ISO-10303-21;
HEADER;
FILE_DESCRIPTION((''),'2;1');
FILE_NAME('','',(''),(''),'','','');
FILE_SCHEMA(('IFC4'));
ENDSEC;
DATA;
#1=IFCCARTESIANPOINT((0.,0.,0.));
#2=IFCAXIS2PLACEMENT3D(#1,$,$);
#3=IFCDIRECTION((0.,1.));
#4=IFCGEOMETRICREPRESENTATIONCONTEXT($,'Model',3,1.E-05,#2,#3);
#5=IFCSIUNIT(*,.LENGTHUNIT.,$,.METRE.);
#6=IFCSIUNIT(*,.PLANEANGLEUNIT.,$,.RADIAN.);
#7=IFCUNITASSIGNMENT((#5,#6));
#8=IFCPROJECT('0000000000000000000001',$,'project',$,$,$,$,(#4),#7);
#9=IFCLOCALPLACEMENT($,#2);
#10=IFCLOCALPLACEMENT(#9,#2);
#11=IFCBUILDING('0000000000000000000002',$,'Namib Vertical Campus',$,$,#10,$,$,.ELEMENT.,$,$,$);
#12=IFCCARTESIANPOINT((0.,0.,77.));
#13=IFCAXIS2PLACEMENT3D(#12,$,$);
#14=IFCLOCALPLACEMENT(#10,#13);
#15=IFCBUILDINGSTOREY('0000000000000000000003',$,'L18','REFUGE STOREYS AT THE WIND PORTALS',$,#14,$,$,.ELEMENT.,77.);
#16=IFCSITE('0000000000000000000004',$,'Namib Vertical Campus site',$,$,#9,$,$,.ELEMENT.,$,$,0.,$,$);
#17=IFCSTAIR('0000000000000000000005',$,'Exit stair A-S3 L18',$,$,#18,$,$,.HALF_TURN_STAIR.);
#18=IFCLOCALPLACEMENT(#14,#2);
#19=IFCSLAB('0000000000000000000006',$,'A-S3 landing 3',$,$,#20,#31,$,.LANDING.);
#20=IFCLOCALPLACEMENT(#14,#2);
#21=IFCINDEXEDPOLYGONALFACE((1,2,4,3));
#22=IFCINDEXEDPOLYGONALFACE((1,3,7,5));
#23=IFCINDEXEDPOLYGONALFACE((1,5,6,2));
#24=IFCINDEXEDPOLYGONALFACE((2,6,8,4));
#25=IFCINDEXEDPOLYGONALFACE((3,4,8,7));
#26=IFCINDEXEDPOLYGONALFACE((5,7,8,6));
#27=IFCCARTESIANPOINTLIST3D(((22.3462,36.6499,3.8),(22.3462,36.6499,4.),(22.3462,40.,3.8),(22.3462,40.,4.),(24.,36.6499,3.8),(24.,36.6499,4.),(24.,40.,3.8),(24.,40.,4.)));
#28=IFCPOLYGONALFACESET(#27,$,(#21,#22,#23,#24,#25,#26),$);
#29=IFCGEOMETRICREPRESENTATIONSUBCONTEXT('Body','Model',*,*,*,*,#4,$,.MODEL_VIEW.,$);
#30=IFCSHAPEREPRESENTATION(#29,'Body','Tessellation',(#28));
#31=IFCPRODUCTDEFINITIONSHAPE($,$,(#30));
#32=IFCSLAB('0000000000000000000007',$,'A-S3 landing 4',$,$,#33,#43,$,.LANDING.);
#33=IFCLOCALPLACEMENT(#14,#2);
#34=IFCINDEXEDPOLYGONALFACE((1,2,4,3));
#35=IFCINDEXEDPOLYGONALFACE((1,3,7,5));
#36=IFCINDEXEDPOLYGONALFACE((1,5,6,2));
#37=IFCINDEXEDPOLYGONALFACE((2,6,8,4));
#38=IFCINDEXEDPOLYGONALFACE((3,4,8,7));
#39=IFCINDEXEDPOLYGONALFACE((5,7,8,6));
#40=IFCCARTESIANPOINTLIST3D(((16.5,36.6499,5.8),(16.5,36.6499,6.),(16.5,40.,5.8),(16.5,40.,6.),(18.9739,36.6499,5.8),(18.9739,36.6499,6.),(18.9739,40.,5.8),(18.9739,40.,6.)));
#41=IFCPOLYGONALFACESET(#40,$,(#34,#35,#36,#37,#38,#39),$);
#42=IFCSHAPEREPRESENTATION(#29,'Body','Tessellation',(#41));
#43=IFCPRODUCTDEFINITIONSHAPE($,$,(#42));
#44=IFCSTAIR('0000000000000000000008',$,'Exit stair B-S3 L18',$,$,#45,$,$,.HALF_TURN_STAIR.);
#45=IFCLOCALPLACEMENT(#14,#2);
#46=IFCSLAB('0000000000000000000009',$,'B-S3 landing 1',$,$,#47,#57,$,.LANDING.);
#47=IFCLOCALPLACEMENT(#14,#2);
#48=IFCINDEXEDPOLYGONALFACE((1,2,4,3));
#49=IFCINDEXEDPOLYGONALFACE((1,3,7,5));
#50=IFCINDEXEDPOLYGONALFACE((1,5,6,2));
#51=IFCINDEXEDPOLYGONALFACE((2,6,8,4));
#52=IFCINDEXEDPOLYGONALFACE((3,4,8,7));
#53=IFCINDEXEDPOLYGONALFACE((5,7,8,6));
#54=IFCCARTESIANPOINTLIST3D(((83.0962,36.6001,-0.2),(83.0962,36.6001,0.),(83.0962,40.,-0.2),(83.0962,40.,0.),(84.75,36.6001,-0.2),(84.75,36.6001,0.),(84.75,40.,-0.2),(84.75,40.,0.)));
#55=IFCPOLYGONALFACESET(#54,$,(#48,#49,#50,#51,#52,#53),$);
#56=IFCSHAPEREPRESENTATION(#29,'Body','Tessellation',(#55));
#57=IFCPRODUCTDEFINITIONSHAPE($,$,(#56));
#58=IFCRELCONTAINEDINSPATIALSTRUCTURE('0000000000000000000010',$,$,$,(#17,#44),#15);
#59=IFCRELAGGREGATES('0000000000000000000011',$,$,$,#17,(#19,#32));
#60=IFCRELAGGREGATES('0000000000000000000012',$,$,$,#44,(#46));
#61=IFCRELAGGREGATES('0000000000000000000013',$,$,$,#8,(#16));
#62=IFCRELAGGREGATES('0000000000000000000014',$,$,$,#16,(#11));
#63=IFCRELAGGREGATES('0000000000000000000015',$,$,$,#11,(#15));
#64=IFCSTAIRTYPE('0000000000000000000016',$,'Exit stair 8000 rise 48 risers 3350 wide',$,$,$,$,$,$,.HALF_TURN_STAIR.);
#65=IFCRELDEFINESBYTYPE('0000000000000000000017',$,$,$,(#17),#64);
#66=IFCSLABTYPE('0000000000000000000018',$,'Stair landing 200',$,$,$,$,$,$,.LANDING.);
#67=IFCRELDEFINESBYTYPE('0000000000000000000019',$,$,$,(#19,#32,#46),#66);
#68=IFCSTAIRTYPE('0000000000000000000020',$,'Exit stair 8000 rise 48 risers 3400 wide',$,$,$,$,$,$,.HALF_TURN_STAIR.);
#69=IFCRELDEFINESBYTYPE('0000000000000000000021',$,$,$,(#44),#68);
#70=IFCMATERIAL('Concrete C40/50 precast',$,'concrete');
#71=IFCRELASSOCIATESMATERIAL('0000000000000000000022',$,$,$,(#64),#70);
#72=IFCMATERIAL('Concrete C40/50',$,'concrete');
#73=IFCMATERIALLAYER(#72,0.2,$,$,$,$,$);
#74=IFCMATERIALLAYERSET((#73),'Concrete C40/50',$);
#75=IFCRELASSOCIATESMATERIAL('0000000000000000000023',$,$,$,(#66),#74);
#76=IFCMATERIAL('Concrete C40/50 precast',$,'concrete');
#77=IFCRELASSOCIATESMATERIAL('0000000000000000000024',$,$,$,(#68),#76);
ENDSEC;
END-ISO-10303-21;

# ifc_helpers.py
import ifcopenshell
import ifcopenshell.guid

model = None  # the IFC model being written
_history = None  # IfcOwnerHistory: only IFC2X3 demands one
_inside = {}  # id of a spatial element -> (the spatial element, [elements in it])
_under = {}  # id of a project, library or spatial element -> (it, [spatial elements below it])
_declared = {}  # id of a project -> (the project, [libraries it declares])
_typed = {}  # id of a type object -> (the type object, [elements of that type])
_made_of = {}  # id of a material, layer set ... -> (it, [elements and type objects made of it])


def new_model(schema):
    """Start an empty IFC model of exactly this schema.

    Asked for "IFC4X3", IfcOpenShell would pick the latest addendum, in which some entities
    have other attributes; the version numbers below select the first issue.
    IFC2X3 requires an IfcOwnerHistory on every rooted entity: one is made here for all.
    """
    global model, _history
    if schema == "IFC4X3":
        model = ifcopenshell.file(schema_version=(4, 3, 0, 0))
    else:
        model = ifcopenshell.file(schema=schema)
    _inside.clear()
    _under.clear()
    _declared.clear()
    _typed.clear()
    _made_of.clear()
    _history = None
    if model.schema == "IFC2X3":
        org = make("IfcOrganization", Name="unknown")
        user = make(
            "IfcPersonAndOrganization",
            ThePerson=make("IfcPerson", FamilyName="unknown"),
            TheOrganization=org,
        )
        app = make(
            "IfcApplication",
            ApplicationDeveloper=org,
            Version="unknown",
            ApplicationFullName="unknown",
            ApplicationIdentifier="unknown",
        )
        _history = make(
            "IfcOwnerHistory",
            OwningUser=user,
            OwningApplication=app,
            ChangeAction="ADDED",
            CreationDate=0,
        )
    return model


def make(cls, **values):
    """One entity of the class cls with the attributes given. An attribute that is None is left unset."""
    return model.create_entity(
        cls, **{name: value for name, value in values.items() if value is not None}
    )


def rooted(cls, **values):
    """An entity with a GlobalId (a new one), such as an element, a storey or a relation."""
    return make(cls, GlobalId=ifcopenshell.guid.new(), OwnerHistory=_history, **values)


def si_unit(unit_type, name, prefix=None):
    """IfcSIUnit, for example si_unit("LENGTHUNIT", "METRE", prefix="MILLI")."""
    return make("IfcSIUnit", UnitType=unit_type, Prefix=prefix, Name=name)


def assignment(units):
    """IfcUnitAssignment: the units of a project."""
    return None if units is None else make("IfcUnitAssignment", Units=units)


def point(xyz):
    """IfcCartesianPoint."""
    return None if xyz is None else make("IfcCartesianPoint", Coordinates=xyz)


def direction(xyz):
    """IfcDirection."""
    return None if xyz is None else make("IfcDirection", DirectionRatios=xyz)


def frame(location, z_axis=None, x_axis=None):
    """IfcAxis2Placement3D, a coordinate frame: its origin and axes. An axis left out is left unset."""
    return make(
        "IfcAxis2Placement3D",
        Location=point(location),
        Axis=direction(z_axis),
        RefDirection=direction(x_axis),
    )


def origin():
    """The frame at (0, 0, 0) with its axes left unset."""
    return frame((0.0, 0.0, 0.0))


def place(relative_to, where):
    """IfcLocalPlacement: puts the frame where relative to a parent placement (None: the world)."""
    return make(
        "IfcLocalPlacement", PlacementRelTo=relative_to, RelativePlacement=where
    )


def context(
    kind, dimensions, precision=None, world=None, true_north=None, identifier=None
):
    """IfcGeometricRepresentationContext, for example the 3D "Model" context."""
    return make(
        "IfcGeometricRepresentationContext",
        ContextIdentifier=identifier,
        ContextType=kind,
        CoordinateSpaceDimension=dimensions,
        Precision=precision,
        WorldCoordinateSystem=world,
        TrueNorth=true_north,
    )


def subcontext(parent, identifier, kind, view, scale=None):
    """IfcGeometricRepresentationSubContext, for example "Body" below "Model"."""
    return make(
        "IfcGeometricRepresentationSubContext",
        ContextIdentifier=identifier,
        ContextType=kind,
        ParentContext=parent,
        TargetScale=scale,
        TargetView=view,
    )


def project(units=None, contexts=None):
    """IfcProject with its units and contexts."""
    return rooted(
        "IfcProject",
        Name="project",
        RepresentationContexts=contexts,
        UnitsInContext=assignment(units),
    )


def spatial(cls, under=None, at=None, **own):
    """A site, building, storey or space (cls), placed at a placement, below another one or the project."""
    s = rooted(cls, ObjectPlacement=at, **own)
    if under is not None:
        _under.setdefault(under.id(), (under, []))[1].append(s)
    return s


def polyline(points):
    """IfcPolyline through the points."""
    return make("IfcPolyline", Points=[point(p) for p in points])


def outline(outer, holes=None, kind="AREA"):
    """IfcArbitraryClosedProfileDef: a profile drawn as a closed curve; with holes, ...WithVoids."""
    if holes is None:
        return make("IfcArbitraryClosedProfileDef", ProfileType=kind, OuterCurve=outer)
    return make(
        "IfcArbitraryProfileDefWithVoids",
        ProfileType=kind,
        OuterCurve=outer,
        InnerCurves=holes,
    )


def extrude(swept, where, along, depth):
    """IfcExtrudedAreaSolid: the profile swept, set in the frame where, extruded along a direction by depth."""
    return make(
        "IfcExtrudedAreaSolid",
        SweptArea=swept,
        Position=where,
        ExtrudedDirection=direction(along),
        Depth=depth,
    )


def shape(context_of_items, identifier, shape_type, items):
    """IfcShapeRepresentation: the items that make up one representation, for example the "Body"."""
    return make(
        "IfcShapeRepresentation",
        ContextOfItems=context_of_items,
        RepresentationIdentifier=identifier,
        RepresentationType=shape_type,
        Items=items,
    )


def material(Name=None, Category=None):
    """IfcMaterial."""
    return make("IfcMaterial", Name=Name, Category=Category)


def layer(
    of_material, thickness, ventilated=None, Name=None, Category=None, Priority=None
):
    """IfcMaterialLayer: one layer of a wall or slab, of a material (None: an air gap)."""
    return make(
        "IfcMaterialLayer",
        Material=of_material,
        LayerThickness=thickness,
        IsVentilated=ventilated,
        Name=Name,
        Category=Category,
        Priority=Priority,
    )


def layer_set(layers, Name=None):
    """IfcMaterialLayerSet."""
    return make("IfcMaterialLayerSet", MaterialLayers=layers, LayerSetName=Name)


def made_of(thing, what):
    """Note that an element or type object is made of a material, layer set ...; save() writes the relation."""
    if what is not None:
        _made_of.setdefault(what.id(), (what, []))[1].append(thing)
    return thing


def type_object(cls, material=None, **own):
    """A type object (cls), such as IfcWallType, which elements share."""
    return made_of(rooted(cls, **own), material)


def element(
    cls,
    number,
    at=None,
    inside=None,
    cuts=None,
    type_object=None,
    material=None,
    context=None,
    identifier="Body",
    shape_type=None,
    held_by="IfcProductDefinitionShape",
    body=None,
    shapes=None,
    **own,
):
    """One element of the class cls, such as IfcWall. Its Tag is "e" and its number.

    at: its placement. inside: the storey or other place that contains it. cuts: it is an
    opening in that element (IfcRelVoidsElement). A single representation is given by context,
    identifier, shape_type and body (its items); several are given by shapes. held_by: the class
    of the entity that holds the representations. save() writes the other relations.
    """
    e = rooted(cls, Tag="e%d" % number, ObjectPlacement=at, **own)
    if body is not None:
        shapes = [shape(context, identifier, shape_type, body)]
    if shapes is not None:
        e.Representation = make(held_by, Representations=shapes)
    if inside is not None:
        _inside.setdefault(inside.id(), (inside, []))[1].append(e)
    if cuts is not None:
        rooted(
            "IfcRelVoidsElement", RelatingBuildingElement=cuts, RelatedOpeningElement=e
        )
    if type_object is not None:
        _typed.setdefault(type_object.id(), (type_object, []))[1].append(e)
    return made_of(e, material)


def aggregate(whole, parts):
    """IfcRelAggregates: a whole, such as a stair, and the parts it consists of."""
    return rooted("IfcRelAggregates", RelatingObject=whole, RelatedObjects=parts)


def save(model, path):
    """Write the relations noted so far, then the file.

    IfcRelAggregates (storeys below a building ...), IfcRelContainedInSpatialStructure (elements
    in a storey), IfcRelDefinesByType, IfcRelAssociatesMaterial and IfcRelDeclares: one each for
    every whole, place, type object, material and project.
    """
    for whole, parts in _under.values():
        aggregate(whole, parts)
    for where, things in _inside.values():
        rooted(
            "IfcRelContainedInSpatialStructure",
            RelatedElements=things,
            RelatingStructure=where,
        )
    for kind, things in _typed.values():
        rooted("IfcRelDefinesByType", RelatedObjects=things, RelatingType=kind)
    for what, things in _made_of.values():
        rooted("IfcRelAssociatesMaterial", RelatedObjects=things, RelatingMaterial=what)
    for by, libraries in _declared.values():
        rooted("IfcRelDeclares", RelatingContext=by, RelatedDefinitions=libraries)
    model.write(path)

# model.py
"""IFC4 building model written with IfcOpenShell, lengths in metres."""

from ifc_helpers import new_model, si_unit, direction, frame, origin, place, context, subcontext, project, spatial, polyline, outline, extrude, material, layer, layer_set, type_object, element, aggregate, save


model = new_model("IFC4")

# Units and contexts
model_context = context("Model", 3, precision=1e-05, world=origin(), true_north=direction((0.0, 1.0)))
body_context = subcontext(model_context, "Body", "Model", "MODEL_VIEW")
ifc_project = project(units=[si_unit("LENGTHUNIT", "METRE"), si_unit("PLANEANGLEUNIT", "RADIAN")], contexts=[model_context])

# Site, building, storey
site_placement = place(None, origin())
site = spatial("IfcSite", under=ifc_project, at=site_placement, Name="Namib Vertical Campus site", CompositionType="ELEMENT", RefElevation=0.0)
building_placement = place(site_placement, origin())
building = spatial("IfcBuilding", under=site, at=building_placement, Name="Namib Vertical Campus", CompositionType="ELEMENT")
storey_placement = place(building_placement, frame((0.0, 0.0, 77.0)))
storey = spatial("IfcBuildingStorey", under=building, at=storey_placement, Name="L18", Description="REFUGE STOREYS AT THE WIND PORTALS", CompositionType="ELEMENT", Elevation=77.0)

# Stair, slabs
ifc_material_1 = material(Name="Concrete C40/50 precast", Category="concrete")
stair_type_1 = type_object("IfcStairType", Name="Exit stair 8000 rise 48 risers 3350 wide", PredefinedType="HALF_TURN_STAIR", material=ifc_material_1)
ifc_material_2 = material(Name="Concrete C40/50", Category="concrete")
ifc_layer_1 = layer(ifc_material_2, 0.2)
ifc_layer_set_1 = layer_set([ifc_layer_1], Name="Concrete C40/50")
slab_type_1 = type_object("IfcSlabType", Name="Stair landing 200", PredefinedType="LANDING", material=ifc_layer_set_1)
ifc_material_3 = material(Name="Concrete C40/50 precast", Category="concrete")
stair_type_2 = type_object("IfcStairType", Name="Exit stair 8000 rise 48 risers 3400 wide", PredefinedType="HALF_TURN_STAIR", material=ifc_material_3)
stair_1_placement = place(storey_placement, origin())
stair_1 = element("IfcStair", 1, at=stair_1_placement, inside=storey, type_object=stair_type_1, Name="Exit stair A-S3 L18", PredefinedType="HALF_TURN_STAIR")
slab_1_placement = place(storey_placement, frame((0.0, 0.0, 3.8)))
slab_1 = element("IfcSlab", 2, at=slab_1_placement, type_object=slab_type_1, Name="A-S3 landing 3", PredefinedType="LANDING", context=body_context, shape_type="SweptSolid", body=[
    extrude(outline(polyline([(22.3462, 36.6499), (22.3462, 40.0), (24.0, 40.0), (24.0, 36.6499), (22.3462, 36.6499)])), origin(), (0.0, 0.0, 1.0), 0.2),
])
slab_2_placement = place(storey_placement, frame((0.0, 0.0, 5.8)))
slab_2 = element("IfcSlab", 3, at=slab_2_placement, type_object=slab_type_1, Name="A-S3 landing 4", PredefinedType="LANDING", context=body_context, shape_type="SweptSolid", body=[
    extrude(outline(polyline([(16.5, 36.6499), (16.5, 40.0), (18.9739, 40.0), (18.9739, 36.6499), (16.5, 36.6499)])), origin(), (0.0, 0.0, 1.0), 0.2),
])
aggregate(stair_1, [slab_1, slab_2])

# Stair, slab
stair_2_placement = place(storey_placement, origin())
stair_2 = element("IfcStair", 4, at=stair_2_placement, inside=storey, type_object=stair_type_2, Name="Exit stair B-S3 L18", PredefinedType="HALF_TURN_STAIR")
slab_3_placement = place(storey_placement, frame((0.0, 0.0, -0.2)))
slab_3 = element("IfcSlab", 5, at=slab_3_placement, type_object=slab_type_1, Name="B-S3 landing 1", PredefinedType="LANDING", context=body_context, shape_type="SweptSolid", body=[
    extrude(outline(polyline([(83.0962, 36.6001), (83.0962, 40.0), (84.75, 40.0), (84.75, 36.6001), (83.0962, 36.6001)])), origin(), (0.0, 0.0, 1.0), 0.2),
])
aggregate(stair_2, [slab_3])

save(model, "model.ifc")
